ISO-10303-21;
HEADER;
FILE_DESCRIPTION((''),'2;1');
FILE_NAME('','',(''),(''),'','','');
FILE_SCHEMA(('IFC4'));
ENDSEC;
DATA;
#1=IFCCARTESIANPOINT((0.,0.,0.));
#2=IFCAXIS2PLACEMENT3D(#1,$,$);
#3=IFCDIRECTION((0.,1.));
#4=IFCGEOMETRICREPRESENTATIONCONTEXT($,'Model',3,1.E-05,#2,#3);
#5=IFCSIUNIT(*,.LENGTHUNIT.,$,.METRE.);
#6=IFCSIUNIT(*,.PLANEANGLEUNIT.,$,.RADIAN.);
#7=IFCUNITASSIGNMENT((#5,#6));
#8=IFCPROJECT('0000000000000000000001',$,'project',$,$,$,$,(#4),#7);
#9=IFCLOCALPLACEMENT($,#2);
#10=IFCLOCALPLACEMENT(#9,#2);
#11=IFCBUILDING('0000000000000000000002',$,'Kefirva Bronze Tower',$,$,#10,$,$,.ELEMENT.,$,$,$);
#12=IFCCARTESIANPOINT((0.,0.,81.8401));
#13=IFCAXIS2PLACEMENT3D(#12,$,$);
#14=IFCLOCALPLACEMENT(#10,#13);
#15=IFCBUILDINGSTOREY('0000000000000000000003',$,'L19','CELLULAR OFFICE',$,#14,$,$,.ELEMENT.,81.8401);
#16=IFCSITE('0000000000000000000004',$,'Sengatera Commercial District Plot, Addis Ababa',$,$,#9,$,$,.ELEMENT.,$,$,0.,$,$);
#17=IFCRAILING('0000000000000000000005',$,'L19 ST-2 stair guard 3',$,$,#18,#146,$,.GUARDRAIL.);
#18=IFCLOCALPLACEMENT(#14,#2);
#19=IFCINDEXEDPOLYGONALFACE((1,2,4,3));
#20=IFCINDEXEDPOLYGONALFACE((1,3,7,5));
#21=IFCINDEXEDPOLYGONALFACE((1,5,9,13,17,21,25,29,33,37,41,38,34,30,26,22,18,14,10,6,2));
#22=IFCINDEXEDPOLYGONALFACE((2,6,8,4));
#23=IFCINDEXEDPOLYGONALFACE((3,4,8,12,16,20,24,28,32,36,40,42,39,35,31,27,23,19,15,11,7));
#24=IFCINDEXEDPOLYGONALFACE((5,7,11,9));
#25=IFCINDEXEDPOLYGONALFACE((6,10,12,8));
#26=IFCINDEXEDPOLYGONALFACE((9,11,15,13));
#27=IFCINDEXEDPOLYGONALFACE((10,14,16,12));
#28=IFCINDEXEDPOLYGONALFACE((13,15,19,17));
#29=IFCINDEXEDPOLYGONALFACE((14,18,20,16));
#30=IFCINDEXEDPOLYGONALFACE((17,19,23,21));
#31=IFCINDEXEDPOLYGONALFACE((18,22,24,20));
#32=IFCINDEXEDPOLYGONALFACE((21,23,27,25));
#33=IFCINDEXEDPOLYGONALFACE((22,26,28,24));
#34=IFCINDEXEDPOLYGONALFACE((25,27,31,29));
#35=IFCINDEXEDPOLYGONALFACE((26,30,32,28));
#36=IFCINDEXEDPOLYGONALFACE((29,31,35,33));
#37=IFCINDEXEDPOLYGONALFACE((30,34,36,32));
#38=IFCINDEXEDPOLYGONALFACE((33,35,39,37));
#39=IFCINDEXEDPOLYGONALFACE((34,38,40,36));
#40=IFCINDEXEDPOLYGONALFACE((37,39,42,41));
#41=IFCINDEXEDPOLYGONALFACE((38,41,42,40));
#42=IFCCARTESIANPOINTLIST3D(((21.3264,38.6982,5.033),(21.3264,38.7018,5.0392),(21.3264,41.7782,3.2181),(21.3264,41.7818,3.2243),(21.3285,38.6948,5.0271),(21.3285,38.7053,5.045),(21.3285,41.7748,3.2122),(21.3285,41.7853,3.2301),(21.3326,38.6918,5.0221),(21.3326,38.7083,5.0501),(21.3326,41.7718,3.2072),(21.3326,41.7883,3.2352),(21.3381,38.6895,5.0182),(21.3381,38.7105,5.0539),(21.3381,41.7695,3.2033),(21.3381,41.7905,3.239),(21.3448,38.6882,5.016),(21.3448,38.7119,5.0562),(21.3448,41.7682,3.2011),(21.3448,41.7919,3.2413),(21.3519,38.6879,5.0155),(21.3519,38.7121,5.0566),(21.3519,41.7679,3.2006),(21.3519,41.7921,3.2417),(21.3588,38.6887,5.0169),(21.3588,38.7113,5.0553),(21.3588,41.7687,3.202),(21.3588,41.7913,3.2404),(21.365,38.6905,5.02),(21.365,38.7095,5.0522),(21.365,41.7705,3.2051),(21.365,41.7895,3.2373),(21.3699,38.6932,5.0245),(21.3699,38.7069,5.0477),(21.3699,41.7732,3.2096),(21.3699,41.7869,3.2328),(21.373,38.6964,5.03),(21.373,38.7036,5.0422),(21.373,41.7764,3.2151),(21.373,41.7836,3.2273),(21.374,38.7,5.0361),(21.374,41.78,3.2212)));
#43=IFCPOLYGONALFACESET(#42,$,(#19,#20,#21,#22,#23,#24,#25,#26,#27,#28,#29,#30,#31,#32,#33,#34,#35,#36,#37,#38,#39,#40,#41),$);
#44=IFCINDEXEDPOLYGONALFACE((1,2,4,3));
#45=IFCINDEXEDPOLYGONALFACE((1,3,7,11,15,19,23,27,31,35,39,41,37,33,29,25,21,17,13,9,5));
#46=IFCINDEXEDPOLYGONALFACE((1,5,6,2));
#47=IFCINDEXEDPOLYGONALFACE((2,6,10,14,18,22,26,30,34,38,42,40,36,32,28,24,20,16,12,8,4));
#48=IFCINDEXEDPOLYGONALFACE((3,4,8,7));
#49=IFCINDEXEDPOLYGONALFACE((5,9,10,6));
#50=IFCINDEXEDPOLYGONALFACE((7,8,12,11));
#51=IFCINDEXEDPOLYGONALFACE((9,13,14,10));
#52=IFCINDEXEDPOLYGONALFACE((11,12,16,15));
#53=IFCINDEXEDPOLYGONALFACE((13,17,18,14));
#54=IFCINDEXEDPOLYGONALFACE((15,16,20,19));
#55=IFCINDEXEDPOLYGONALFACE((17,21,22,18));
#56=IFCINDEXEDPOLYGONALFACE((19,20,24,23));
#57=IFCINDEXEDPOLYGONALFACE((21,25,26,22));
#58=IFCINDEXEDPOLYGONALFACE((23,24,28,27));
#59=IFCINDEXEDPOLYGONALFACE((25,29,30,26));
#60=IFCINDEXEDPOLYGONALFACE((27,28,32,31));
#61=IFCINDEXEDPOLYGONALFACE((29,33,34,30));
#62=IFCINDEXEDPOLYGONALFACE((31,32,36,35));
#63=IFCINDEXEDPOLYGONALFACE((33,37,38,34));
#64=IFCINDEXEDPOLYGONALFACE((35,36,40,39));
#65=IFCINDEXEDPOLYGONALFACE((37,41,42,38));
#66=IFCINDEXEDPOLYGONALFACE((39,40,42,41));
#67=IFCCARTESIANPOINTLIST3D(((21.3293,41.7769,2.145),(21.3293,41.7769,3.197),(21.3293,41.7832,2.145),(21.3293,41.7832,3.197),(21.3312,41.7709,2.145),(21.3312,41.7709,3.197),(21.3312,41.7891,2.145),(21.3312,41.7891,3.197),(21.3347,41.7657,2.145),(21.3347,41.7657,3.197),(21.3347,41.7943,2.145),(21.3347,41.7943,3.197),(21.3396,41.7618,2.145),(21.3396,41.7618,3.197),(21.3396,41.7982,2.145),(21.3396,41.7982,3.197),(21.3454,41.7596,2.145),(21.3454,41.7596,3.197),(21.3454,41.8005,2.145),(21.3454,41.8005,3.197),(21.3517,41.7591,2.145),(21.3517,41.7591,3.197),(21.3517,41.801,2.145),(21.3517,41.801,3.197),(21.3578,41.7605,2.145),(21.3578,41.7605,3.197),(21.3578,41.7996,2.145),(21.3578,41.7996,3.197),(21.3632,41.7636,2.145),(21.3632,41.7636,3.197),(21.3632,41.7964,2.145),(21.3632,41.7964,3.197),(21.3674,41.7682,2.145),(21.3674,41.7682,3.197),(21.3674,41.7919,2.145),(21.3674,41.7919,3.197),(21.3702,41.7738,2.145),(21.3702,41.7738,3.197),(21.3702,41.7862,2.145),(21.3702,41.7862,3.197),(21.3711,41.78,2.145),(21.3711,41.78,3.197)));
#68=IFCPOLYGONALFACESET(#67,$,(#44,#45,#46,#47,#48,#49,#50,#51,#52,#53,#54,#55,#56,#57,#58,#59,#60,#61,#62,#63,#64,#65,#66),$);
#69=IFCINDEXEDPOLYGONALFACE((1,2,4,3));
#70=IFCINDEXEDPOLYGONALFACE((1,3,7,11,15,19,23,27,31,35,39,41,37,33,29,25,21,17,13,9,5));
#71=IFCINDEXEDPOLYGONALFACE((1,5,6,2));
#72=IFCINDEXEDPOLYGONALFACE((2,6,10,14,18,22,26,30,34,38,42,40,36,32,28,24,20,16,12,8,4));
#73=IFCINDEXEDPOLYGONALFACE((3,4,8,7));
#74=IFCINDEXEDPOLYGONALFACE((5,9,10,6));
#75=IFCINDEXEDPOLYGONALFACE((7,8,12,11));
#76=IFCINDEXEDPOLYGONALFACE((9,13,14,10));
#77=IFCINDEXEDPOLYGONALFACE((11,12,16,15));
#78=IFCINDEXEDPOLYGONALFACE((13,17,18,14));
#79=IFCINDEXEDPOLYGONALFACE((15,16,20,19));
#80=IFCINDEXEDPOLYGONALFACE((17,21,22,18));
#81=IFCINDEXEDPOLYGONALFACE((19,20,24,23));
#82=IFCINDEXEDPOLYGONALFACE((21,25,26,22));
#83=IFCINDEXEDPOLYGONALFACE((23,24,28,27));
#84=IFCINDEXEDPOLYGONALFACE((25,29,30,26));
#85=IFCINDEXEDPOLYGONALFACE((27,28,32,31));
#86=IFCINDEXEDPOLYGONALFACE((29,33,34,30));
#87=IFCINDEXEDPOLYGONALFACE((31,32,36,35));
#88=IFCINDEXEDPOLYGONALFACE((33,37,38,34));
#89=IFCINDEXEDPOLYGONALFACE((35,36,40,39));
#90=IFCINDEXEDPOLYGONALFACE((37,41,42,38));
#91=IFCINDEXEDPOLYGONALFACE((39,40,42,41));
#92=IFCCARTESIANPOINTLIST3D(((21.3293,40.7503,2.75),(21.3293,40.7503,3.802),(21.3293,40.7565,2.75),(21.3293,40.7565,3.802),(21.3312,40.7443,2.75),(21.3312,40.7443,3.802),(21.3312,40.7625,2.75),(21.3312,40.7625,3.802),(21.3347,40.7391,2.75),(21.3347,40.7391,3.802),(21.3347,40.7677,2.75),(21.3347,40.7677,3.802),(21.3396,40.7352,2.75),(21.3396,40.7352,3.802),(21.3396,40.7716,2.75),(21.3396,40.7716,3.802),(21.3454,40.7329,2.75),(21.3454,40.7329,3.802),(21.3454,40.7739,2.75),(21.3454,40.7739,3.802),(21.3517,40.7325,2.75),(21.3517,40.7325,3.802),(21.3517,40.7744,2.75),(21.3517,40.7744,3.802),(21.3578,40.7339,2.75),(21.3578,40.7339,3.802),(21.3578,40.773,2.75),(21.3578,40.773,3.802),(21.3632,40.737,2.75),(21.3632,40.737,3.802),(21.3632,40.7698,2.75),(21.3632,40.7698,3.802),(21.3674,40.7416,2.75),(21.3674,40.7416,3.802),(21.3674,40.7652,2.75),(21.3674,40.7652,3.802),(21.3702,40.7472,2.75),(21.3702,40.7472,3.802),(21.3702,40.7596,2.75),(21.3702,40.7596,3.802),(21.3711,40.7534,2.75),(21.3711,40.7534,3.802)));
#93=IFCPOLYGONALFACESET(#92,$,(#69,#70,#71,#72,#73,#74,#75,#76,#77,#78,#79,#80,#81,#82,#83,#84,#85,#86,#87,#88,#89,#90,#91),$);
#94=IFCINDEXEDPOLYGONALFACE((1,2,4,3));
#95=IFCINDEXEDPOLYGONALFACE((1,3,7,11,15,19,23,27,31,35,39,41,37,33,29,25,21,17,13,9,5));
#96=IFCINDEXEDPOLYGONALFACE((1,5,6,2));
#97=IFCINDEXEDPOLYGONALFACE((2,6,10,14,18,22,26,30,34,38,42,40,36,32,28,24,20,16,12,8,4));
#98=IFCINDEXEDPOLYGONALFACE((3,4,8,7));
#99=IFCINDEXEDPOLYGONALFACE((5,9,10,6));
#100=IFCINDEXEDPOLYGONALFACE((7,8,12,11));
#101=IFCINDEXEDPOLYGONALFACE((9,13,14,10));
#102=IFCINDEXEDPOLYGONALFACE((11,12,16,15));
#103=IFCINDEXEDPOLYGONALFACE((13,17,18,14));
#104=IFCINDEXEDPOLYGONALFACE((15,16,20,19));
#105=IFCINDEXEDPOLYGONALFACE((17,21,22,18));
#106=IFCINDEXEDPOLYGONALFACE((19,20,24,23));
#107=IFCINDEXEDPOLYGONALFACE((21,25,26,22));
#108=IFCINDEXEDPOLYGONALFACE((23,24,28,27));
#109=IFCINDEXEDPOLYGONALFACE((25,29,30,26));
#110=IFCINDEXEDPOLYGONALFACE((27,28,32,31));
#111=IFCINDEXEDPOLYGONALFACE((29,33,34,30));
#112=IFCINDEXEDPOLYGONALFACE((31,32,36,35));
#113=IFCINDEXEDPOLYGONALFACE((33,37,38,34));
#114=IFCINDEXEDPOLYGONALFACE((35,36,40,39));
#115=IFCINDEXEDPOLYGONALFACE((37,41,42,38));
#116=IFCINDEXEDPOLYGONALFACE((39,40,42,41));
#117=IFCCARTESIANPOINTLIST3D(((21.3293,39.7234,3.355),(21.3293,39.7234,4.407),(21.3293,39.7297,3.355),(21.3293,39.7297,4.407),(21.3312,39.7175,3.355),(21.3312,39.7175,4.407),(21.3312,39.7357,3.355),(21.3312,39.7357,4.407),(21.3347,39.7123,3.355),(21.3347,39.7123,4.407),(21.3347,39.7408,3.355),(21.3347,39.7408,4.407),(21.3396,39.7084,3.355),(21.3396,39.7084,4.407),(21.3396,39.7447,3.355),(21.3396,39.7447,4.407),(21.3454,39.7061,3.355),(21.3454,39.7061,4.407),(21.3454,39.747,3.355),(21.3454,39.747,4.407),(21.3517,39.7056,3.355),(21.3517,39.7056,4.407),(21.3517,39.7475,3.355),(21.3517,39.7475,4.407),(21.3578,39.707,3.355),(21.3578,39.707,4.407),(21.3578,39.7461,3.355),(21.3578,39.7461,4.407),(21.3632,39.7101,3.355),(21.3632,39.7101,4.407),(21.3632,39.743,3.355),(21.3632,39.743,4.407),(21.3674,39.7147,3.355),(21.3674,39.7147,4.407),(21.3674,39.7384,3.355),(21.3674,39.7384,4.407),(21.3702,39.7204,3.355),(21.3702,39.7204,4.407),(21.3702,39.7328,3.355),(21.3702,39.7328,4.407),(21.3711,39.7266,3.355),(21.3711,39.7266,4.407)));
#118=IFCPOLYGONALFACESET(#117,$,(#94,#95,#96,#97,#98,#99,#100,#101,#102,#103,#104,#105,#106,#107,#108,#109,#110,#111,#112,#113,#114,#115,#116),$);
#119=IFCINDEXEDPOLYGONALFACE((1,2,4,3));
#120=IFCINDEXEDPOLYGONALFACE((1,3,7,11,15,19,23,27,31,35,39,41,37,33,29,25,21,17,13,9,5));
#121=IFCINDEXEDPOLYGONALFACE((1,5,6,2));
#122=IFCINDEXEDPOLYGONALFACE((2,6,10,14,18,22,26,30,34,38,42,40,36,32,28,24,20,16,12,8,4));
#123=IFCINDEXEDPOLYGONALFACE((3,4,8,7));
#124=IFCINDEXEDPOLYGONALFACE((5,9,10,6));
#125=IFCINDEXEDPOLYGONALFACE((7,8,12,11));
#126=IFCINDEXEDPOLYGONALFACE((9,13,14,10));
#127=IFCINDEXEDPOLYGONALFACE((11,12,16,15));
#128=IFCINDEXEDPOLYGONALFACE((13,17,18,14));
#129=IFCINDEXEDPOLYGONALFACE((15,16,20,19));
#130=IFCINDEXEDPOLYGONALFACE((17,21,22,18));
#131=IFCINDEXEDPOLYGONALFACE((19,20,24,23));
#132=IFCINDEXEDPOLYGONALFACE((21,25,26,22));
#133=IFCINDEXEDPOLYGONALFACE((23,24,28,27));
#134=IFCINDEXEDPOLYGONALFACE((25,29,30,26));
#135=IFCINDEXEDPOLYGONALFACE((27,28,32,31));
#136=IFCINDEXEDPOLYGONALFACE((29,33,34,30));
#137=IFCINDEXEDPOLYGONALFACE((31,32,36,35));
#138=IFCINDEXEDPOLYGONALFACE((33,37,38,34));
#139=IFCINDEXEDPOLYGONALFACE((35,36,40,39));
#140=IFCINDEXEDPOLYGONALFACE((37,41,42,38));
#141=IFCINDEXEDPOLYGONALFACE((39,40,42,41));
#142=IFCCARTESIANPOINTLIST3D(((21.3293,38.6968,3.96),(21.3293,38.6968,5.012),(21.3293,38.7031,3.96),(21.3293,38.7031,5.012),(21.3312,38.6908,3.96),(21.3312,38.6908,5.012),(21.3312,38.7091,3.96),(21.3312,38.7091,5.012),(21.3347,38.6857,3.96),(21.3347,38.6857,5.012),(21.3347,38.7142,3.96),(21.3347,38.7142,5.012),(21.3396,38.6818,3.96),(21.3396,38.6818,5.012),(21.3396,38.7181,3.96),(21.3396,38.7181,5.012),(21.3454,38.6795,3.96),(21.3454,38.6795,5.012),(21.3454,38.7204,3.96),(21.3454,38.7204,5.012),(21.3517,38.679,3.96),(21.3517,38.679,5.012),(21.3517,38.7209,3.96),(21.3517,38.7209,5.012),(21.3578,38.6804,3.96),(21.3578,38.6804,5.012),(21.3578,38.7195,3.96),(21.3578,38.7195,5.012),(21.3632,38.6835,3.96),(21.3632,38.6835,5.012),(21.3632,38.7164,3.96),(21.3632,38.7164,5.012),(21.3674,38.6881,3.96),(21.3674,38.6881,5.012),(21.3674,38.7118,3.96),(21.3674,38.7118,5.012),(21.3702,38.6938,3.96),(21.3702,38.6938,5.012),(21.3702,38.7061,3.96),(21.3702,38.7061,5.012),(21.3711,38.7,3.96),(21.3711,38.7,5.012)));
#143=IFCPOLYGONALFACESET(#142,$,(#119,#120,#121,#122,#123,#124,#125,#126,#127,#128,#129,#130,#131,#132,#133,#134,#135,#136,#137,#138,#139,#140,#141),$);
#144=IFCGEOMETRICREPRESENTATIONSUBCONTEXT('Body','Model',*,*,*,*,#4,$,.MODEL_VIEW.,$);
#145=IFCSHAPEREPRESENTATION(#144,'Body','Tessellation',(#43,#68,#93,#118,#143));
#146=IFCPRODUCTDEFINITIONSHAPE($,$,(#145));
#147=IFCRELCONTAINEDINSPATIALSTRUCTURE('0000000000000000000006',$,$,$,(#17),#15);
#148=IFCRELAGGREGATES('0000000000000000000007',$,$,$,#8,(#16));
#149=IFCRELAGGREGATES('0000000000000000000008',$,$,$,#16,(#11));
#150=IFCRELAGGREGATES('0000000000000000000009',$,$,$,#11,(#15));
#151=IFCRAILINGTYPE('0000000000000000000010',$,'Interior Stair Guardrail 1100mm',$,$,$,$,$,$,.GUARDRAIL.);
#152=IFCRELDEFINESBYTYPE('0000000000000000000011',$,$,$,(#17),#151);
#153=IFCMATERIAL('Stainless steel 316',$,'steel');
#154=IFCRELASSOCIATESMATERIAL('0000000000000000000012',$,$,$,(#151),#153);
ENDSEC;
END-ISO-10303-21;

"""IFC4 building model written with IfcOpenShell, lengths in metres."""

from ifc_helpers import new_model, si_unit, direction, frame, origin, origin_2d, place, context, subcontext, project, spatial, circle, extrude, material, type_object, element, save


model = new_model("IFC4")

# Units and contexts
model_context = context("Model", 3, precision=1e-05, world=origin(), true_north=direction((0.0, 1.0)))
body_context = subcontext(model_context, "Body", "Model", "MODEL_VIEW")
ifc_project = project(units=[si_unit("LENGTHUNIT", "METRE"), si_unit("PLANEANGLEUNIT", "RADIAN")], contexts=[model_context])

# Site, building, storey
site_placement = place(None, origin())
site = spatial("IfcSite", under=ifc_project, at=site_placement, Name="Sengatera Commercial District Plot, Addis Ababa", CompositionType="ELEMENT", RefElevation=0.0)
building_placement = place(site_placement, origin())
building = spatial("IfcBuilding", under=site, at=building_placement, Name="Kefirva Bronze Tower", CompositionType="ELEMENT")
storey_placement = place(building_placement, frame((0.0, 0.0, 81.8401)))
storey = spatial("IfcBuildingStorey", under=building, at=storey_placement, Name="L19", Description="CELLULAR OFFICE", CompositionType="ELEMENT", Elevation=81.8401)

# Railing
ifc_material_1 = material(Name="Stainless steel 316", Category="steel")
railing_type_1 = type_object("IfcRailingType", Name="Interior Stair Guardrail 1100mm", PredefinedType="GUARDRAIL", material=ifc_material_1)
railing_1_placement = place(storey_placement, frame((21.3501, 41.78, 2.145)))
element("IfcRailing", 1, at=railing_1_placement, inside=storey, type_object=railing_type_1, Name="L19 ST-2 stair guard 3", PredefinedType="GUARDRAIL", context=body_context, shape_type="SweptSolid", body=[
    extrude(circle(Radius=0.0239, at=origin_2d()), frame((0.0, 0.0, 1.0762), z_axis=(0.0, -0.861551, 0.507671), x_axis=(1.0, 0.0, 0.0)), (0.0, 0.0, 1.0), 3.575),
    extrude(circle(Radius=0.021, at=origin_2d()), origin(), (0.0, 0.0, 1.0), 1.052),
    extrude(circle(Radius=0.021, at=origin_2d()), frame((0.0, -1.0266, 0.605)), (0.0, 0.0, 1.0), 1.052),
    extrude(circle(Radius=0.021, at=origin_2d()), frame((0.0, -2.0535, 1.21)), (0.0, 0.0, 1.0), 1.052),
    extrude(circle(Radius=0.021, at=origin_2d()), frame((0.0, -3.0801, 1.8149)), (0.0, 0.0, 1.0), 1.052),
])

save(model, "model.ifc")
